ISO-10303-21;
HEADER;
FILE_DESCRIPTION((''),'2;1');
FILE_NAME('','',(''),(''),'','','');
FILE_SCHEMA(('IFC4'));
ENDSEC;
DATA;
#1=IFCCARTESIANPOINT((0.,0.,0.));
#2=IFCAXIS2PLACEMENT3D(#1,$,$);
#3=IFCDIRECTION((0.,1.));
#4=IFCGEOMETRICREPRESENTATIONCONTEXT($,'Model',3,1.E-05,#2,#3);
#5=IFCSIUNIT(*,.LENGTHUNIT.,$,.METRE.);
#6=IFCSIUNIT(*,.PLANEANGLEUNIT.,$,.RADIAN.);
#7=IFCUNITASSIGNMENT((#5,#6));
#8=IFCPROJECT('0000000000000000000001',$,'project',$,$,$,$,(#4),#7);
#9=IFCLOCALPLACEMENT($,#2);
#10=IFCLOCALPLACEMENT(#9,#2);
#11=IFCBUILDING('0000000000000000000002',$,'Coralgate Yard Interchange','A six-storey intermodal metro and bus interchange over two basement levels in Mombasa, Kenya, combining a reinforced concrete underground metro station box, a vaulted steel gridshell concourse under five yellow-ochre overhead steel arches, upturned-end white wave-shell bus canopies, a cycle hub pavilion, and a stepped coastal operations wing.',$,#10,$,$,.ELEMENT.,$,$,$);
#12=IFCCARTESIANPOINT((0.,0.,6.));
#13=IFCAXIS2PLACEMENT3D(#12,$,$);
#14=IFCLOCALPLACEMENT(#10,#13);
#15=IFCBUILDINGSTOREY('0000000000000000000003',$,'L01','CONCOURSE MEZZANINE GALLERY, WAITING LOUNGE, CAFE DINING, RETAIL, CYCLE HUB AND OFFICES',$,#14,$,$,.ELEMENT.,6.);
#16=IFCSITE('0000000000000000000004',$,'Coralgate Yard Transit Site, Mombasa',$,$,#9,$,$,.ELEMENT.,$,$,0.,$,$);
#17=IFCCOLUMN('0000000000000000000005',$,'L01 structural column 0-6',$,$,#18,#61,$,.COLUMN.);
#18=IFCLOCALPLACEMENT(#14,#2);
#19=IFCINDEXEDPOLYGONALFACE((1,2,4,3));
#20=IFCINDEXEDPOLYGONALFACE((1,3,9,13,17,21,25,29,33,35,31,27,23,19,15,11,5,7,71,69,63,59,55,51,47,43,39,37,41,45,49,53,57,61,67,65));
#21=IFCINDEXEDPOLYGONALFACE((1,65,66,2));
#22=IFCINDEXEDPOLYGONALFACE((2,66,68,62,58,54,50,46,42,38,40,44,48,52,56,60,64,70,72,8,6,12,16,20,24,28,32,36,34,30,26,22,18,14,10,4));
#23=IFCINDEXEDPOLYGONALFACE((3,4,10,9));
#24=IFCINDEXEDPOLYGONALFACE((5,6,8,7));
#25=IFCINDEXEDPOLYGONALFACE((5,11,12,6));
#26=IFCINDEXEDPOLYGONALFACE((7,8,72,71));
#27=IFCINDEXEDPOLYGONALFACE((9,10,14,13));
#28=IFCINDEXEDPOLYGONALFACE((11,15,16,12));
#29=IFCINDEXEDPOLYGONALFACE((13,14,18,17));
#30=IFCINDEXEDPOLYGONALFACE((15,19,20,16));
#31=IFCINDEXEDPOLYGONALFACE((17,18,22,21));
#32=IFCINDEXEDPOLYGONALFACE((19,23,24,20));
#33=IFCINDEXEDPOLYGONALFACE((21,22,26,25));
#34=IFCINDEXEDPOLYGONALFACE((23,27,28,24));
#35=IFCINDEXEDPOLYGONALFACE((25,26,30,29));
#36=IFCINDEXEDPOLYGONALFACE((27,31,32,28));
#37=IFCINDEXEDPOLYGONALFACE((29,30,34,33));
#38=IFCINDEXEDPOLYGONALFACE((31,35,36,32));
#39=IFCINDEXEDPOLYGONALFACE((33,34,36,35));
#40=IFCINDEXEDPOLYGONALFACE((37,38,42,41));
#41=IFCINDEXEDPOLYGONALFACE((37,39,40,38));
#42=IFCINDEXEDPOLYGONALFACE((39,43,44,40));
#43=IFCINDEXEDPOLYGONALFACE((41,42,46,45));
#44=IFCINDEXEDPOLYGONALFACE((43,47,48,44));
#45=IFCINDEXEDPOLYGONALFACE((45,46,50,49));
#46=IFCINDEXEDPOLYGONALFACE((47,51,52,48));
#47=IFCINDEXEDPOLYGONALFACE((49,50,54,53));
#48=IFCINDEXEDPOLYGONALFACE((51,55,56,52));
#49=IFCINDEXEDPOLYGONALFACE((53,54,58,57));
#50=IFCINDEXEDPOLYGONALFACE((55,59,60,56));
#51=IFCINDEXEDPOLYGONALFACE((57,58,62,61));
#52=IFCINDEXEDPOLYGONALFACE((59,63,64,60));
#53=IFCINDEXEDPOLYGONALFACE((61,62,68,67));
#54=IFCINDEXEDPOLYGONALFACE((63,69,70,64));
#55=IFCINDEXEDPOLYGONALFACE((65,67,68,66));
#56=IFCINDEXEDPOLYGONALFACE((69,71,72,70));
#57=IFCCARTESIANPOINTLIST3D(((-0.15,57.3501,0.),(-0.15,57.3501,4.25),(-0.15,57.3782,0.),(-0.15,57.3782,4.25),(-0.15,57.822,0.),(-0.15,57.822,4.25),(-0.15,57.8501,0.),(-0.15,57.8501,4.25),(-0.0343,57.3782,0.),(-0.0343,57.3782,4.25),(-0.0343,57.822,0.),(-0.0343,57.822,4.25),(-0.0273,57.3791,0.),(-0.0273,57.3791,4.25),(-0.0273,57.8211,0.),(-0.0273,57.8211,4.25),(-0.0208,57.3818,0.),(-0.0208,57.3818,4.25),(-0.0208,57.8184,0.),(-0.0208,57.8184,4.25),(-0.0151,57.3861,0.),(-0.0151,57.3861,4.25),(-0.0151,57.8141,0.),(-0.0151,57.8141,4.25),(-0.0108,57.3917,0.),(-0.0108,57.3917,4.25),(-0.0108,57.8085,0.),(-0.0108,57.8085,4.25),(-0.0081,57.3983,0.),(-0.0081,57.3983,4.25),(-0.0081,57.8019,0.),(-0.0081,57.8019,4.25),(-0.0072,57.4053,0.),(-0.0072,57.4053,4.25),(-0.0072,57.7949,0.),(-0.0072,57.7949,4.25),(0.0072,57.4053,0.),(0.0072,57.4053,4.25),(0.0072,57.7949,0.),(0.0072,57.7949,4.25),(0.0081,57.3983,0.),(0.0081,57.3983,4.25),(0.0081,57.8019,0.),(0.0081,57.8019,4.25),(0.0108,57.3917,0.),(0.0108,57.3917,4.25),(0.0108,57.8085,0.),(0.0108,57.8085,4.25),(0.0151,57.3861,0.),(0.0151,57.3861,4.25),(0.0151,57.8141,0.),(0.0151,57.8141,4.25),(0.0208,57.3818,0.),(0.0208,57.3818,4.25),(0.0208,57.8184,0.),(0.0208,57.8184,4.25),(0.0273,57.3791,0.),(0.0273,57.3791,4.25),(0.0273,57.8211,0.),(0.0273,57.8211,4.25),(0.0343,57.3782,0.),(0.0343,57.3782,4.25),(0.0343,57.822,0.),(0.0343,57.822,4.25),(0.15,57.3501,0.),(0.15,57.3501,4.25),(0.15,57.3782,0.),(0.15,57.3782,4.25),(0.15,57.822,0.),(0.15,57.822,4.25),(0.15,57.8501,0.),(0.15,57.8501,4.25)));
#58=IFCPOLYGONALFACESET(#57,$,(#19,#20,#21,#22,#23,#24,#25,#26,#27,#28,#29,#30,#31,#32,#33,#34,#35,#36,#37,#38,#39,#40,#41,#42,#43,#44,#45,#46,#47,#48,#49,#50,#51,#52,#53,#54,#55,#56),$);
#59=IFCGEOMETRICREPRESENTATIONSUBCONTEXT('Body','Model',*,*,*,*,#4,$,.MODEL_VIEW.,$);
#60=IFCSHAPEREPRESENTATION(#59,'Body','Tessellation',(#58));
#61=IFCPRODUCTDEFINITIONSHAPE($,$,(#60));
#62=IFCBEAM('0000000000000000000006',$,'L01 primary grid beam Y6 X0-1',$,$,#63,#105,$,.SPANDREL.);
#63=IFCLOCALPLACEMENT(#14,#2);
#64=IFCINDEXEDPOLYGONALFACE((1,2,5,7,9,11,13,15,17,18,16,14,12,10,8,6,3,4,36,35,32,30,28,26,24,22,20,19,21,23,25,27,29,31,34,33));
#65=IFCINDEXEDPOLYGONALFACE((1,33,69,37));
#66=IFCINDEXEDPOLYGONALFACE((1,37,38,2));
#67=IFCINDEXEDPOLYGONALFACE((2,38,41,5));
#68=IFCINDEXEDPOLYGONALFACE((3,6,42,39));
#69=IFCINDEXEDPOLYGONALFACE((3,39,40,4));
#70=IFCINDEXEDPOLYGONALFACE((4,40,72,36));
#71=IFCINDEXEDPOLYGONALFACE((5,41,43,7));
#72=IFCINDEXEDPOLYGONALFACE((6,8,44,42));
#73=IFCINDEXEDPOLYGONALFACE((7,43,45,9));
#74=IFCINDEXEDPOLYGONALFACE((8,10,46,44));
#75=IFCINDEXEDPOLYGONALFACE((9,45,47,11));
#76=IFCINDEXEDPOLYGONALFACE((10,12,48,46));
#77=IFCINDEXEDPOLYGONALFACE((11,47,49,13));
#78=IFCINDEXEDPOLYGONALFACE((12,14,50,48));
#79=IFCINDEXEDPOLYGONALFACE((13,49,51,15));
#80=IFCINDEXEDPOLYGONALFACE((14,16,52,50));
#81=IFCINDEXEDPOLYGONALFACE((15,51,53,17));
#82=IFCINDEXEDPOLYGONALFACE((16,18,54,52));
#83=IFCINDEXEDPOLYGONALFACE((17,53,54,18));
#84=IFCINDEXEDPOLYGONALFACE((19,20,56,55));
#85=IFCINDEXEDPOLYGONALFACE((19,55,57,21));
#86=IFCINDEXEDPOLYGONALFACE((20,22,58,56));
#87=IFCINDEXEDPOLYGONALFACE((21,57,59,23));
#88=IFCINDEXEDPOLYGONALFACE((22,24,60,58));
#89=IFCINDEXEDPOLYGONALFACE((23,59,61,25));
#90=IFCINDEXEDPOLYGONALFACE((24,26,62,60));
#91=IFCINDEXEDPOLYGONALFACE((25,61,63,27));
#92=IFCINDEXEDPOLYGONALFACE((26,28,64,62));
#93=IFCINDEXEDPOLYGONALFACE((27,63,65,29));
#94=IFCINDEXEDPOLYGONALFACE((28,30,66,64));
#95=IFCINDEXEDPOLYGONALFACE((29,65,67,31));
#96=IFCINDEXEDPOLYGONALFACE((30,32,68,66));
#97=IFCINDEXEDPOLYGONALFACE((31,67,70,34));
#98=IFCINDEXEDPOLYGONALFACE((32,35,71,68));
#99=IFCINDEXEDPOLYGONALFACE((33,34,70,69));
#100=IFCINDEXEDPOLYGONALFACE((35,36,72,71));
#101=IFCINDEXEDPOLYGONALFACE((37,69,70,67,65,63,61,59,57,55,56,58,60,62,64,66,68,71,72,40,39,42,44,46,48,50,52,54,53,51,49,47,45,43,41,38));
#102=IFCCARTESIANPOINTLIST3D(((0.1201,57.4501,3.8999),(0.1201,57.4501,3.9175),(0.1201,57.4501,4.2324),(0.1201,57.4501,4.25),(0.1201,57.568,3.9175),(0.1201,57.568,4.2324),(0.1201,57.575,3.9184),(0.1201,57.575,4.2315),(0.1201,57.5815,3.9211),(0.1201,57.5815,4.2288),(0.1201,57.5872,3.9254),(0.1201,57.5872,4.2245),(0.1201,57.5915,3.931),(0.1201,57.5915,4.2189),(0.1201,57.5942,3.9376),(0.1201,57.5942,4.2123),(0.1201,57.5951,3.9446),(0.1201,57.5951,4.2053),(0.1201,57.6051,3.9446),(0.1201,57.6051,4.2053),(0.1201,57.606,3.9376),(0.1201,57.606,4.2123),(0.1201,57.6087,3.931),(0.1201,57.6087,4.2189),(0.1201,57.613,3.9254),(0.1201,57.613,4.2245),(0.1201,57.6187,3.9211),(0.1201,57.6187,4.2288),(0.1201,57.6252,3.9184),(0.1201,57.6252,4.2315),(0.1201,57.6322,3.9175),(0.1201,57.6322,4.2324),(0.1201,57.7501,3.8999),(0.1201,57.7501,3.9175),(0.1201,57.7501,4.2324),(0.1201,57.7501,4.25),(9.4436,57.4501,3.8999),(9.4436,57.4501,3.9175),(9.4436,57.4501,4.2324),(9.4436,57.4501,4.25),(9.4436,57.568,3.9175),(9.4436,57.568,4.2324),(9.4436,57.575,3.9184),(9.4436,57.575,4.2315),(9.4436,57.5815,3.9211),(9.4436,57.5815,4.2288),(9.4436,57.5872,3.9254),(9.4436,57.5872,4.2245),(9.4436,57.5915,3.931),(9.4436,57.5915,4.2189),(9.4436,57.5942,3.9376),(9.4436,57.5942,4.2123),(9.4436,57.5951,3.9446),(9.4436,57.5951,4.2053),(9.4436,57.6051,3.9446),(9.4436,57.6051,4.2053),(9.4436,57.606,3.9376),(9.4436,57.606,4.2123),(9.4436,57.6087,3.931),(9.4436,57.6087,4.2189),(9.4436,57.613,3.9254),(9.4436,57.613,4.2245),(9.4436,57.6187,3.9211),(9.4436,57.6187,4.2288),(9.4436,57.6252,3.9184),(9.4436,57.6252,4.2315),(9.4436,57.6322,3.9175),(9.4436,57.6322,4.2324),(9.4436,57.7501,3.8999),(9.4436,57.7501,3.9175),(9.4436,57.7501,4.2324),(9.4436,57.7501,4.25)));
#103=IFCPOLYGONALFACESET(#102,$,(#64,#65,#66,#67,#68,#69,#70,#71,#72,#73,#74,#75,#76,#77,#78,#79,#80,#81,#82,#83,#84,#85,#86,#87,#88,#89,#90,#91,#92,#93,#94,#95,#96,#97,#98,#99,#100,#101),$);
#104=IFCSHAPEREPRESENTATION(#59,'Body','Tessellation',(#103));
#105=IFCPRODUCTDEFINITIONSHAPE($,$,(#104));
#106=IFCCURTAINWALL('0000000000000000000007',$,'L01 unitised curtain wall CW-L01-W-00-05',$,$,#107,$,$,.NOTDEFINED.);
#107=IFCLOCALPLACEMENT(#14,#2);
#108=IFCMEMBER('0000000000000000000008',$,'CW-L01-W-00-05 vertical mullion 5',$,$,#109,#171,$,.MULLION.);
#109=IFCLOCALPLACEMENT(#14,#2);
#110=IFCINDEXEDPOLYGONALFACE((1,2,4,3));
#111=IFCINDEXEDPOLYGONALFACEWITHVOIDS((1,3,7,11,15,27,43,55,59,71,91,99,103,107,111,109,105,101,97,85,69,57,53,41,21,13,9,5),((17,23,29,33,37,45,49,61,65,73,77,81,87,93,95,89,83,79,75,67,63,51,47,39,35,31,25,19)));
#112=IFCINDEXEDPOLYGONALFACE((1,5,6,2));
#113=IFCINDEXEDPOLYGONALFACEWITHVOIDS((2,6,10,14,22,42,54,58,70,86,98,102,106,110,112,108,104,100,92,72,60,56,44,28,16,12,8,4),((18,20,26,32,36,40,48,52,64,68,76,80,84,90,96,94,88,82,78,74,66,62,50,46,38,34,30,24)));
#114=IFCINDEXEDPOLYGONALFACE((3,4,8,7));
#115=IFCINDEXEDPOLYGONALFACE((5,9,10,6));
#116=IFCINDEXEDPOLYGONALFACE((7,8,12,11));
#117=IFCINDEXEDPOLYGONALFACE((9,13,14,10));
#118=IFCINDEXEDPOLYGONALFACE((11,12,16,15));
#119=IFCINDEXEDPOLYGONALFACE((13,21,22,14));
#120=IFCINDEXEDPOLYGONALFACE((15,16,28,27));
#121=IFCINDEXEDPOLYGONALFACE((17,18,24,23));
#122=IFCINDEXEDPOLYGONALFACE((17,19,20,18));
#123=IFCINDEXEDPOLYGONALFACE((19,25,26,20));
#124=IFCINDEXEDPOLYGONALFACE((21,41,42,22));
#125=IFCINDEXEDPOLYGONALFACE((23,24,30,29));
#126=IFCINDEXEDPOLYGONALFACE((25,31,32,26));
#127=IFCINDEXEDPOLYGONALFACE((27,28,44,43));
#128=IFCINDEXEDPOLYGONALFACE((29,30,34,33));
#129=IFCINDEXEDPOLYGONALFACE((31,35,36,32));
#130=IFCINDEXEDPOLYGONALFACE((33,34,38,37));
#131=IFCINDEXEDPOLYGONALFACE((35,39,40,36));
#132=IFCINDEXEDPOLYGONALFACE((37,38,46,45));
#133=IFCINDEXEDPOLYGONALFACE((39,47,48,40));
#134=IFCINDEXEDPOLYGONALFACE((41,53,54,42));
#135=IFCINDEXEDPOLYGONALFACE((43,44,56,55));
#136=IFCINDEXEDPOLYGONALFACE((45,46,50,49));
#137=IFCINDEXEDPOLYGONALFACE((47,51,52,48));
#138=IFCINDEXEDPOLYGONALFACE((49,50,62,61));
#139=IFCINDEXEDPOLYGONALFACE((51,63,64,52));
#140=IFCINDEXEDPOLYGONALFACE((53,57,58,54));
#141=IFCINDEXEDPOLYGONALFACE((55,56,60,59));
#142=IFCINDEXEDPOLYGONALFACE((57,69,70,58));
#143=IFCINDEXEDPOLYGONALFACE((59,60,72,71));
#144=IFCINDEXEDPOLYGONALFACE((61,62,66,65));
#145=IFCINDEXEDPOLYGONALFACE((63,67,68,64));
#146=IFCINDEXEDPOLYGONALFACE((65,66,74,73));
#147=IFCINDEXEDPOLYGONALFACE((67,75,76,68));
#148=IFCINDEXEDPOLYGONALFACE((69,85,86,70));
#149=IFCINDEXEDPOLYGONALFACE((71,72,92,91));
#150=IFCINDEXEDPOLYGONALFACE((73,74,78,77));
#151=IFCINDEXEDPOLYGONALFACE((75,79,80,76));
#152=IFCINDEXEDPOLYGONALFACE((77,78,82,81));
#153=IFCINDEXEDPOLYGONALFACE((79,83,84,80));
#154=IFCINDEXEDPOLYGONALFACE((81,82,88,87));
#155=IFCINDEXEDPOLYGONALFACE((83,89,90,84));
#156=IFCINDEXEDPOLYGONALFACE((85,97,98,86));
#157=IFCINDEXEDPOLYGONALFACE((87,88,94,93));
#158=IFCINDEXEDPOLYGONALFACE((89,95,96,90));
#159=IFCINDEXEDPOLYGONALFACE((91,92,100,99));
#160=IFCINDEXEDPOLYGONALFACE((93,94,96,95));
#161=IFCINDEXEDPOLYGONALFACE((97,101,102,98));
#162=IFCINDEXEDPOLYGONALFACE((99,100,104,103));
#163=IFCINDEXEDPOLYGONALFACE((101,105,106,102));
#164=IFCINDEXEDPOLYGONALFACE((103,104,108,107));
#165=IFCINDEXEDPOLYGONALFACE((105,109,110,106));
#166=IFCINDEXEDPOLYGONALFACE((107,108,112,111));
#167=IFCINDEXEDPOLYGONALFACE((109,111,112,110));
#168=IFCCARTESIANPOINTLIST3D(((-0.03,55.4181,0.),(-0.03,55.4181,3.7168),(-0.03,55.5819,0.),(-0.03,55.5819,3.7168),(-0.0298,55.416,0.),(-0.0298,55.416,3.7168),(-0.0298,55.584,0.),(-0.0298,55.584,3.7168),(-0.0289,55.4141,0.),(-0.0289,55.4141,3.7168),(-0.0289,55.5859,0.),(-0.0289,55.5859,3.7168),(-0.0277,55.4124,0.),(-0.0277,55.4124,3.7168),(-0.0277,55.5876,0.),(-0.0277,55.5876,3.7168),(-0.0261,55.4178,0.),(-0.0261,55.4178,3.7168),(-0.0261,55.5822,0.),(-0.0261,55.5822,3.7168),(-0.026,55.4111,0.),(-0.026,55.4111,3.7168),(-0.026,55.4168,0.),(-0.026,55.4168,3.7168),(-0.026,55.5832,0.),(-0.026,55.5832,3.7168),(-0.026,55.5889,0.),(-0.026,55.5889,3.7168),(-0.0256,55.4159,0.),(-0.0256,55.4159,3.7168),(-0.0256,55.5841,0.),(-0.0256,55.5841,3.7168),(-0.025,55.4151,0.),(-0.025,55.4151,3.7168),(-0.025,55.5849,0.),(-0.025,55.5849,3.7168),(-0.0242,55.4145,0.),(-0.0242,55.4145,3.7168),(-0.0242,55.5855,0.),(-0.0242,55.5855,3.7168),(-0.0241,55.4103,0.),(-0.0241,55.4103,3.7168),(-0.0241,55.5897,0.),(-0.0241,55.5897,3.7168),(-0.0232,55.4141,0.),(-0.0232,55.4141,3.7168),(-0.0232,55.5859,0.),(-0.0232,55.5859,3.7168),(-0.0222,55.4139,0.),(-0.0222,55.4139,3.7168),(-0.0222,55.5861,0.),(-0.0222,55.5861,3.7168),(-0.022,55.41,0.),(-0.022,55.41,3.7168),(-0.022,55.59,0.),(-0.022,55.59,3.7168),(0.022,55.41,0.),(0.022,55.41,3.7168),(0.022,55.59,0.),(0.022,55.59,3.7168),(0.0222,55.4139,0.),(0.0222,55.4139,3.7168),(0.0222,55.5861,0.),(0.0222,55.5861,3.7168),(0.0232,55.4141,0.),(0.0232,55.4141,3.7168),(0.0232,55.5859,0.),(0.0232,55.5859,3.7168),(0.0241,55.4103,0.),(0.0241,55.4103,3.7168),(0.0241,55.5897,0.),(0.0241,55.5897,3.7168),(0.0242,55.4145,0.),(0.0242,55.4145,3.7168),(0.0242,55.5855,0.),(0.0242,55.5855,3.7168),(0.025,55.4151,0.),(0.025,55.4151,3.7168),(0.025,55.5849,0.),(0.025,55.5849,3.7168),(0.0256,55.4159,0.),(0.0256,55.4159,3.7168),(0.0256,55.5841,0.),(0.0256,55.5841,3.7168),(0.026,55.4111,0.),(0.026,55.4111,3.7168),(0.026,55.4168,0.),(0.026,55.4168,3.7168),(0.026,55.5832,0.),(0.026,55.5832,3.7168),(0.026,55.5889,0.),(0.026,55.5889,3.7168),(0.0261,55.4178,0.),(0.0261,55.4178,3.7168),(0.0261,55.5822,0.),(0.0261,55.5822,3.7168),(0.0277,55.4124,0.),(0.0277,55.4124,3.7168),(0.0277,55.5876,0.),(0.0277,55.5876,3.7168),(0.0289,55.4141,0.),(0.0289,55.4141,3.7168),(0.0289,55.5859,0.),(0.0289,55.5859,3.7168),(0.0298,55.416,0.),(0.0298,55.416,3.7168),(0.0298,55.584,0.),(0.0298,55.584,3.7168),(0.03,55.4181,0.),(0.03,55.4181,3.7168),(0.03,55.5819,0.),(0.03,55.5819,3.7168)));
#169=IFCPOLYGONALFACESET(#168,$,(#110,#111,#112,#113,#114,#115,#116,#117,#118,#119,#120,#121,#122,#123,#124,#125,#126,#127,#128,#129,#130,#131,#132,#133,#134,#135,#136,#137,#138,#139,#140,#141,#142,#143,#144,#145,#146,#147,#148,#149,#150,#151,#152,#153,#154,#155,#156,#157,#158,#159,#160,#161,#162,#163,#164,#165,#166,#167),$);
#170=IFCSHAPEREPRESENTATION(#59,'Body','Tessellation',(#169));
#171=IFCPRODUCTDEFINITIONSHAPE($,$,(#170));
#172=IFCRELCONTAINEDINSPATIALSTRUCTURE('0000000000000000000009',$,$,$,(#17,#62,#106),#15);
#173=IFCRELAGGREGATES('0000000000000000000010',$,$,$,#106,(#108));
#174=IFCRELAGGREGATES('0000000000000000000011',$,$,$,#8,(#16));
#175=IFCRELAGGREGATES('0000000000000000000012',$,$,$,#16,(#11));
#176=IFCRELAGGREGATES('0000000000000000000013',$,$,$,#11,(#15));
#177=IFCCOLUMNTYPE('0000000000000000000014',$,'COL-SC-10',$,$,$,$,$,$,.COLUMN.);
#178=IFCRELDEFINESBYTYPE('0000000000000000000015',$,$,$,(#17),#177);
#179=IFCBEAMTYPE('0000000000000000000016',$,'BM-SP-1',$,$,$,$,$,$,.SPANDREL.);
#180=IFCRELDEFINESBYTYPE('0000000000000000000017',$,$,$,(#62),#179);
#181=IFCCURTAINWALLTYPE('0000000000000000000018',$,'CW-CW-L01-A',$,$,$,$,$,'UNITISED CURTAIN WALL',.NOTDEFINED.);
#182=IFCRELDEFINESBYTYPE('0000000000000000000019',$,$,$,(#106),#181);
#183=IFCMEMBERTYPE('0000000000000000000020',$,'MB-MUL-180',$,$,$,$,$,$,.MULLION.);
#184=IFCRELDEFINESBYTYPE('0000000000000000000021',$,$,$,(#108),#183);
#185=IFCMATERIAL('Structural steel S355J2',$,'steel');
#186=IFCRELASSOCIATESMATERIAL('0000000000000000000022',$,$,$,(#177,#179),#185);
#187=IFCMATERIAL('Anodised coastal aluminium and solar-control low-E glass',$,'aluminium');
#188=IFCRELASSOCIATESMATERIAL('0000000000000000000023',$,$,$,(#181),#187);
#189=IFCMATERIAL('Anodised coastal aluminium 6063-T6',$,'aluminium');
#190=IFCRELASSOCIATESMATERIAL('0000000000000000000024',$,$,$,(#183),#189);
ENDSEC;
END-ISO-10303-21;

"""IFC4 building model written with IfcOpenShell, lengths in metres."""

from ifc_helpers import new_model, si_unit, direction, frame, origin, origin_2d, place, context, subcontext, project, spatial, hollow_rectangle, i_section, extrude, material, material_profile, profile_set, type_object, element, aggregate, save


model = new_model("IFC4")

# Units and contexts
model_context = context("Model", 3, precision=1e-05, world=origin(), true_north=direction((0.0, 1.0)))
body_context = subcontext(model_context, "Body", "Model", "MODEL_VIEW")
ifc_project = project(units=[si_unit("LENGTHUNIT", "METRE"), si_unit("PLANEANGLEUNIT", "RADIAN")], contexts=[model_context])

# Site, building, storey
site_placement = place(None, origin())
site = spatial("IfcSite", under=ifc_project, at=site_placement, Name="Coralgate Yard Transit Site, Mombasa", CompositionType="ELEMENT", RefElevation=0.0)
building_placement = place(site_placement, origin())
building = spatial("IfcBuilding", under=site, at=building_placement, Name="Coralgate Yard Interchange", Description="A six-storey intermodal metro and bus interchange over two basement levels in Mombasa, Kenya, combining a reinforced concrete underground metro station box, a vaulted steel gridshell concourse under five yellow-ochre overhead steel arches, upturned-end white wave-shell bus canopies, a cycle hub pavilion, and a stepped coastal operations wing.", CompositionType="ELEMENT")
storey_placement = place(building_placement, frame((0.0, 0.0, 6.0)))
storey = spatial("IfcBuildingStorey", under=building, at=storey_placement, Name="L01", Description="CONCOURSE MEZZANINE GALLERY, WAITING LOUNGE, CAFE DINING, RETAIL, CYCLE HUB AND OFFICES", CompositionType="ELEMENT", Elevation=6.0)

# Column
ifc_material_1 = material(Name="Structural steel S355J2", Category="steel")
ifc_material_profile_1 = material_profile(ifc_material_1, i_section(OverallWidth=0.3, OverallDepth=0.5, WebThickness=0.0144, FlangeThickness=0.0281, FilletRadius=0.0271, at=origin_2d()), Name="HEB 500")
ifc_profile_set_1 = profile_set([ifc_material_profile_1], Name="Structural steel S355J2")
column_type = type_object("IfcColumnType", Name="COL-SC-10", PredefinedType="COLUMN", material=ifc_profile_set_1)
column_placement = place(storey_placement, frame((0.0, 57.6001, 0.0), z_axis=(0.0, 0.0, 1.0), x_axis=(1.0, 0.0, 0.0)))
element("IfcColumn", 1, at=column_placement, inside=storey, type_object=column_type, Name="L01 structural column 0-6", PredefinedType="COLUMN", context=body_context, shape_type="SweptSolid", body=[
    extrude(i_section(OverallWidth=0.3, OverallDepth=0.5, WebThickness=0.0144, FlangeThickness=0.0281, FilletRadius=0.0271, at=origin_2d()), origin(), (0.0, 0.0, 1.0), 4.25),
])

# Beam
ifc_material_profile_2 = material_profile(ifc_material_1, i_section(OverallWidth=0.3, OverallDepth=0.3501, WebThickness=0.01, FlangeThickness=0.0176, FilletRadius=0.0271, at=origin_2d()), Name="HEA 360")
ifc_profile_set_2 = profile_set([ifc_material_profile_2], Name="Structural steel S355J2")
beam_type = type_object("IfcBeamType", Name="BM-SP-1", PredefinedType="SPANDREL", material=ifc_profile_set_2)
beam_placement = place(storey_placement, frame((0.1201, 57.6001, 4.075), z_axis=(1.0, 0.0, 0.0), x_axis=(0.0, 1.0, 0.0)))
element("IfcBeam", 2, at=beam_placement, inside=storey, type_object=beam_type, Name="L01 primary grid beam Y6 X0-1", PredefinedType="SPANDREL", context=body_context, shape_type="SweptSolid", body=[
    extrude(i_section(OverallWidth=0.3, OverallDepth=0.3501, WebThickness=0.01, FlangeThickness=0.0176, FilletRadius=0.0271, at=origin_2d()), origin(), (0.0, 0.0, 1.0), 9.3235),
])

# Curtain wall, member
ifc_material_2 = material(Name="Anodised coastal aluminium and solar-control low-E glass", Category="aluminium")
curtain_wall_type_1 = type_object("IfcCurtainWallType", Name="CW-CW-L01-A", ElementType="UNITISED CURTAIN WALL", PredefinedType="NOTDEFINED", material=ifc_material_2)
curtain_wall_1_placement = place(storey_placement, origin())
curtain_wall_1 = element("IfcCurtainWall", 3, at=curtain_wall_1_placement, inside=storey, type_object=curtain_wall_type_1, Name="L01 unitised curtain wall CW-L01-W-00-05", PredefinedType="NOTDEFINED")
ifc_material_3 = material(Name="Anodised coastal aluminium 6063-T6", Category="aluminium")
ifc_material_profile_3 = material_profile(ifc_material_3, hollow_rectangle(XDim=0.0601, YDim=0.1799, WallThickness=0.0039, InnerFilletRadius=0.0039, OuterFilletRadius=0.0081, at=origin_2d()), Name="ALU 60x180x4")
ifc_profile_set_3 = profile_set([ifc_material_profile_3], Name="Anodised coastal aluminium 6063-T6")
member_type_1 = type_object("IfcMemberType", Name="MB-MUL-180", PredefinedType="MULLION", material=ifc_profile_set_3)
member_1_placement = place(storey_placement, frame((0.0, 55.5, 0.0), z_axis=(0.0, 0.0, 1.0), x_axis=(1.0, 0.0, 0.0)))
member_1 = element("IfcMember", 4, at=member_1_placement, type_object=member_type_1, Name="CW-L01-W-00-05 vertical mullion 5", PredefinedType="MULLION", context=body_context, shape_type="SweptSolid", body=[
    extrude(hollow_rectangle(XDim=0.0601, YDim=0.1799, WallThickness=0.0039, InnerFilletRadius=0.0039, OuterFilletRadius=0.0081, at=origin_2d()), origin(), (0.0, 0.0, 1.0), 3.7168),
])

aggregate(curtain_wall_1, [member_1])

save(model, "model.ifc")
